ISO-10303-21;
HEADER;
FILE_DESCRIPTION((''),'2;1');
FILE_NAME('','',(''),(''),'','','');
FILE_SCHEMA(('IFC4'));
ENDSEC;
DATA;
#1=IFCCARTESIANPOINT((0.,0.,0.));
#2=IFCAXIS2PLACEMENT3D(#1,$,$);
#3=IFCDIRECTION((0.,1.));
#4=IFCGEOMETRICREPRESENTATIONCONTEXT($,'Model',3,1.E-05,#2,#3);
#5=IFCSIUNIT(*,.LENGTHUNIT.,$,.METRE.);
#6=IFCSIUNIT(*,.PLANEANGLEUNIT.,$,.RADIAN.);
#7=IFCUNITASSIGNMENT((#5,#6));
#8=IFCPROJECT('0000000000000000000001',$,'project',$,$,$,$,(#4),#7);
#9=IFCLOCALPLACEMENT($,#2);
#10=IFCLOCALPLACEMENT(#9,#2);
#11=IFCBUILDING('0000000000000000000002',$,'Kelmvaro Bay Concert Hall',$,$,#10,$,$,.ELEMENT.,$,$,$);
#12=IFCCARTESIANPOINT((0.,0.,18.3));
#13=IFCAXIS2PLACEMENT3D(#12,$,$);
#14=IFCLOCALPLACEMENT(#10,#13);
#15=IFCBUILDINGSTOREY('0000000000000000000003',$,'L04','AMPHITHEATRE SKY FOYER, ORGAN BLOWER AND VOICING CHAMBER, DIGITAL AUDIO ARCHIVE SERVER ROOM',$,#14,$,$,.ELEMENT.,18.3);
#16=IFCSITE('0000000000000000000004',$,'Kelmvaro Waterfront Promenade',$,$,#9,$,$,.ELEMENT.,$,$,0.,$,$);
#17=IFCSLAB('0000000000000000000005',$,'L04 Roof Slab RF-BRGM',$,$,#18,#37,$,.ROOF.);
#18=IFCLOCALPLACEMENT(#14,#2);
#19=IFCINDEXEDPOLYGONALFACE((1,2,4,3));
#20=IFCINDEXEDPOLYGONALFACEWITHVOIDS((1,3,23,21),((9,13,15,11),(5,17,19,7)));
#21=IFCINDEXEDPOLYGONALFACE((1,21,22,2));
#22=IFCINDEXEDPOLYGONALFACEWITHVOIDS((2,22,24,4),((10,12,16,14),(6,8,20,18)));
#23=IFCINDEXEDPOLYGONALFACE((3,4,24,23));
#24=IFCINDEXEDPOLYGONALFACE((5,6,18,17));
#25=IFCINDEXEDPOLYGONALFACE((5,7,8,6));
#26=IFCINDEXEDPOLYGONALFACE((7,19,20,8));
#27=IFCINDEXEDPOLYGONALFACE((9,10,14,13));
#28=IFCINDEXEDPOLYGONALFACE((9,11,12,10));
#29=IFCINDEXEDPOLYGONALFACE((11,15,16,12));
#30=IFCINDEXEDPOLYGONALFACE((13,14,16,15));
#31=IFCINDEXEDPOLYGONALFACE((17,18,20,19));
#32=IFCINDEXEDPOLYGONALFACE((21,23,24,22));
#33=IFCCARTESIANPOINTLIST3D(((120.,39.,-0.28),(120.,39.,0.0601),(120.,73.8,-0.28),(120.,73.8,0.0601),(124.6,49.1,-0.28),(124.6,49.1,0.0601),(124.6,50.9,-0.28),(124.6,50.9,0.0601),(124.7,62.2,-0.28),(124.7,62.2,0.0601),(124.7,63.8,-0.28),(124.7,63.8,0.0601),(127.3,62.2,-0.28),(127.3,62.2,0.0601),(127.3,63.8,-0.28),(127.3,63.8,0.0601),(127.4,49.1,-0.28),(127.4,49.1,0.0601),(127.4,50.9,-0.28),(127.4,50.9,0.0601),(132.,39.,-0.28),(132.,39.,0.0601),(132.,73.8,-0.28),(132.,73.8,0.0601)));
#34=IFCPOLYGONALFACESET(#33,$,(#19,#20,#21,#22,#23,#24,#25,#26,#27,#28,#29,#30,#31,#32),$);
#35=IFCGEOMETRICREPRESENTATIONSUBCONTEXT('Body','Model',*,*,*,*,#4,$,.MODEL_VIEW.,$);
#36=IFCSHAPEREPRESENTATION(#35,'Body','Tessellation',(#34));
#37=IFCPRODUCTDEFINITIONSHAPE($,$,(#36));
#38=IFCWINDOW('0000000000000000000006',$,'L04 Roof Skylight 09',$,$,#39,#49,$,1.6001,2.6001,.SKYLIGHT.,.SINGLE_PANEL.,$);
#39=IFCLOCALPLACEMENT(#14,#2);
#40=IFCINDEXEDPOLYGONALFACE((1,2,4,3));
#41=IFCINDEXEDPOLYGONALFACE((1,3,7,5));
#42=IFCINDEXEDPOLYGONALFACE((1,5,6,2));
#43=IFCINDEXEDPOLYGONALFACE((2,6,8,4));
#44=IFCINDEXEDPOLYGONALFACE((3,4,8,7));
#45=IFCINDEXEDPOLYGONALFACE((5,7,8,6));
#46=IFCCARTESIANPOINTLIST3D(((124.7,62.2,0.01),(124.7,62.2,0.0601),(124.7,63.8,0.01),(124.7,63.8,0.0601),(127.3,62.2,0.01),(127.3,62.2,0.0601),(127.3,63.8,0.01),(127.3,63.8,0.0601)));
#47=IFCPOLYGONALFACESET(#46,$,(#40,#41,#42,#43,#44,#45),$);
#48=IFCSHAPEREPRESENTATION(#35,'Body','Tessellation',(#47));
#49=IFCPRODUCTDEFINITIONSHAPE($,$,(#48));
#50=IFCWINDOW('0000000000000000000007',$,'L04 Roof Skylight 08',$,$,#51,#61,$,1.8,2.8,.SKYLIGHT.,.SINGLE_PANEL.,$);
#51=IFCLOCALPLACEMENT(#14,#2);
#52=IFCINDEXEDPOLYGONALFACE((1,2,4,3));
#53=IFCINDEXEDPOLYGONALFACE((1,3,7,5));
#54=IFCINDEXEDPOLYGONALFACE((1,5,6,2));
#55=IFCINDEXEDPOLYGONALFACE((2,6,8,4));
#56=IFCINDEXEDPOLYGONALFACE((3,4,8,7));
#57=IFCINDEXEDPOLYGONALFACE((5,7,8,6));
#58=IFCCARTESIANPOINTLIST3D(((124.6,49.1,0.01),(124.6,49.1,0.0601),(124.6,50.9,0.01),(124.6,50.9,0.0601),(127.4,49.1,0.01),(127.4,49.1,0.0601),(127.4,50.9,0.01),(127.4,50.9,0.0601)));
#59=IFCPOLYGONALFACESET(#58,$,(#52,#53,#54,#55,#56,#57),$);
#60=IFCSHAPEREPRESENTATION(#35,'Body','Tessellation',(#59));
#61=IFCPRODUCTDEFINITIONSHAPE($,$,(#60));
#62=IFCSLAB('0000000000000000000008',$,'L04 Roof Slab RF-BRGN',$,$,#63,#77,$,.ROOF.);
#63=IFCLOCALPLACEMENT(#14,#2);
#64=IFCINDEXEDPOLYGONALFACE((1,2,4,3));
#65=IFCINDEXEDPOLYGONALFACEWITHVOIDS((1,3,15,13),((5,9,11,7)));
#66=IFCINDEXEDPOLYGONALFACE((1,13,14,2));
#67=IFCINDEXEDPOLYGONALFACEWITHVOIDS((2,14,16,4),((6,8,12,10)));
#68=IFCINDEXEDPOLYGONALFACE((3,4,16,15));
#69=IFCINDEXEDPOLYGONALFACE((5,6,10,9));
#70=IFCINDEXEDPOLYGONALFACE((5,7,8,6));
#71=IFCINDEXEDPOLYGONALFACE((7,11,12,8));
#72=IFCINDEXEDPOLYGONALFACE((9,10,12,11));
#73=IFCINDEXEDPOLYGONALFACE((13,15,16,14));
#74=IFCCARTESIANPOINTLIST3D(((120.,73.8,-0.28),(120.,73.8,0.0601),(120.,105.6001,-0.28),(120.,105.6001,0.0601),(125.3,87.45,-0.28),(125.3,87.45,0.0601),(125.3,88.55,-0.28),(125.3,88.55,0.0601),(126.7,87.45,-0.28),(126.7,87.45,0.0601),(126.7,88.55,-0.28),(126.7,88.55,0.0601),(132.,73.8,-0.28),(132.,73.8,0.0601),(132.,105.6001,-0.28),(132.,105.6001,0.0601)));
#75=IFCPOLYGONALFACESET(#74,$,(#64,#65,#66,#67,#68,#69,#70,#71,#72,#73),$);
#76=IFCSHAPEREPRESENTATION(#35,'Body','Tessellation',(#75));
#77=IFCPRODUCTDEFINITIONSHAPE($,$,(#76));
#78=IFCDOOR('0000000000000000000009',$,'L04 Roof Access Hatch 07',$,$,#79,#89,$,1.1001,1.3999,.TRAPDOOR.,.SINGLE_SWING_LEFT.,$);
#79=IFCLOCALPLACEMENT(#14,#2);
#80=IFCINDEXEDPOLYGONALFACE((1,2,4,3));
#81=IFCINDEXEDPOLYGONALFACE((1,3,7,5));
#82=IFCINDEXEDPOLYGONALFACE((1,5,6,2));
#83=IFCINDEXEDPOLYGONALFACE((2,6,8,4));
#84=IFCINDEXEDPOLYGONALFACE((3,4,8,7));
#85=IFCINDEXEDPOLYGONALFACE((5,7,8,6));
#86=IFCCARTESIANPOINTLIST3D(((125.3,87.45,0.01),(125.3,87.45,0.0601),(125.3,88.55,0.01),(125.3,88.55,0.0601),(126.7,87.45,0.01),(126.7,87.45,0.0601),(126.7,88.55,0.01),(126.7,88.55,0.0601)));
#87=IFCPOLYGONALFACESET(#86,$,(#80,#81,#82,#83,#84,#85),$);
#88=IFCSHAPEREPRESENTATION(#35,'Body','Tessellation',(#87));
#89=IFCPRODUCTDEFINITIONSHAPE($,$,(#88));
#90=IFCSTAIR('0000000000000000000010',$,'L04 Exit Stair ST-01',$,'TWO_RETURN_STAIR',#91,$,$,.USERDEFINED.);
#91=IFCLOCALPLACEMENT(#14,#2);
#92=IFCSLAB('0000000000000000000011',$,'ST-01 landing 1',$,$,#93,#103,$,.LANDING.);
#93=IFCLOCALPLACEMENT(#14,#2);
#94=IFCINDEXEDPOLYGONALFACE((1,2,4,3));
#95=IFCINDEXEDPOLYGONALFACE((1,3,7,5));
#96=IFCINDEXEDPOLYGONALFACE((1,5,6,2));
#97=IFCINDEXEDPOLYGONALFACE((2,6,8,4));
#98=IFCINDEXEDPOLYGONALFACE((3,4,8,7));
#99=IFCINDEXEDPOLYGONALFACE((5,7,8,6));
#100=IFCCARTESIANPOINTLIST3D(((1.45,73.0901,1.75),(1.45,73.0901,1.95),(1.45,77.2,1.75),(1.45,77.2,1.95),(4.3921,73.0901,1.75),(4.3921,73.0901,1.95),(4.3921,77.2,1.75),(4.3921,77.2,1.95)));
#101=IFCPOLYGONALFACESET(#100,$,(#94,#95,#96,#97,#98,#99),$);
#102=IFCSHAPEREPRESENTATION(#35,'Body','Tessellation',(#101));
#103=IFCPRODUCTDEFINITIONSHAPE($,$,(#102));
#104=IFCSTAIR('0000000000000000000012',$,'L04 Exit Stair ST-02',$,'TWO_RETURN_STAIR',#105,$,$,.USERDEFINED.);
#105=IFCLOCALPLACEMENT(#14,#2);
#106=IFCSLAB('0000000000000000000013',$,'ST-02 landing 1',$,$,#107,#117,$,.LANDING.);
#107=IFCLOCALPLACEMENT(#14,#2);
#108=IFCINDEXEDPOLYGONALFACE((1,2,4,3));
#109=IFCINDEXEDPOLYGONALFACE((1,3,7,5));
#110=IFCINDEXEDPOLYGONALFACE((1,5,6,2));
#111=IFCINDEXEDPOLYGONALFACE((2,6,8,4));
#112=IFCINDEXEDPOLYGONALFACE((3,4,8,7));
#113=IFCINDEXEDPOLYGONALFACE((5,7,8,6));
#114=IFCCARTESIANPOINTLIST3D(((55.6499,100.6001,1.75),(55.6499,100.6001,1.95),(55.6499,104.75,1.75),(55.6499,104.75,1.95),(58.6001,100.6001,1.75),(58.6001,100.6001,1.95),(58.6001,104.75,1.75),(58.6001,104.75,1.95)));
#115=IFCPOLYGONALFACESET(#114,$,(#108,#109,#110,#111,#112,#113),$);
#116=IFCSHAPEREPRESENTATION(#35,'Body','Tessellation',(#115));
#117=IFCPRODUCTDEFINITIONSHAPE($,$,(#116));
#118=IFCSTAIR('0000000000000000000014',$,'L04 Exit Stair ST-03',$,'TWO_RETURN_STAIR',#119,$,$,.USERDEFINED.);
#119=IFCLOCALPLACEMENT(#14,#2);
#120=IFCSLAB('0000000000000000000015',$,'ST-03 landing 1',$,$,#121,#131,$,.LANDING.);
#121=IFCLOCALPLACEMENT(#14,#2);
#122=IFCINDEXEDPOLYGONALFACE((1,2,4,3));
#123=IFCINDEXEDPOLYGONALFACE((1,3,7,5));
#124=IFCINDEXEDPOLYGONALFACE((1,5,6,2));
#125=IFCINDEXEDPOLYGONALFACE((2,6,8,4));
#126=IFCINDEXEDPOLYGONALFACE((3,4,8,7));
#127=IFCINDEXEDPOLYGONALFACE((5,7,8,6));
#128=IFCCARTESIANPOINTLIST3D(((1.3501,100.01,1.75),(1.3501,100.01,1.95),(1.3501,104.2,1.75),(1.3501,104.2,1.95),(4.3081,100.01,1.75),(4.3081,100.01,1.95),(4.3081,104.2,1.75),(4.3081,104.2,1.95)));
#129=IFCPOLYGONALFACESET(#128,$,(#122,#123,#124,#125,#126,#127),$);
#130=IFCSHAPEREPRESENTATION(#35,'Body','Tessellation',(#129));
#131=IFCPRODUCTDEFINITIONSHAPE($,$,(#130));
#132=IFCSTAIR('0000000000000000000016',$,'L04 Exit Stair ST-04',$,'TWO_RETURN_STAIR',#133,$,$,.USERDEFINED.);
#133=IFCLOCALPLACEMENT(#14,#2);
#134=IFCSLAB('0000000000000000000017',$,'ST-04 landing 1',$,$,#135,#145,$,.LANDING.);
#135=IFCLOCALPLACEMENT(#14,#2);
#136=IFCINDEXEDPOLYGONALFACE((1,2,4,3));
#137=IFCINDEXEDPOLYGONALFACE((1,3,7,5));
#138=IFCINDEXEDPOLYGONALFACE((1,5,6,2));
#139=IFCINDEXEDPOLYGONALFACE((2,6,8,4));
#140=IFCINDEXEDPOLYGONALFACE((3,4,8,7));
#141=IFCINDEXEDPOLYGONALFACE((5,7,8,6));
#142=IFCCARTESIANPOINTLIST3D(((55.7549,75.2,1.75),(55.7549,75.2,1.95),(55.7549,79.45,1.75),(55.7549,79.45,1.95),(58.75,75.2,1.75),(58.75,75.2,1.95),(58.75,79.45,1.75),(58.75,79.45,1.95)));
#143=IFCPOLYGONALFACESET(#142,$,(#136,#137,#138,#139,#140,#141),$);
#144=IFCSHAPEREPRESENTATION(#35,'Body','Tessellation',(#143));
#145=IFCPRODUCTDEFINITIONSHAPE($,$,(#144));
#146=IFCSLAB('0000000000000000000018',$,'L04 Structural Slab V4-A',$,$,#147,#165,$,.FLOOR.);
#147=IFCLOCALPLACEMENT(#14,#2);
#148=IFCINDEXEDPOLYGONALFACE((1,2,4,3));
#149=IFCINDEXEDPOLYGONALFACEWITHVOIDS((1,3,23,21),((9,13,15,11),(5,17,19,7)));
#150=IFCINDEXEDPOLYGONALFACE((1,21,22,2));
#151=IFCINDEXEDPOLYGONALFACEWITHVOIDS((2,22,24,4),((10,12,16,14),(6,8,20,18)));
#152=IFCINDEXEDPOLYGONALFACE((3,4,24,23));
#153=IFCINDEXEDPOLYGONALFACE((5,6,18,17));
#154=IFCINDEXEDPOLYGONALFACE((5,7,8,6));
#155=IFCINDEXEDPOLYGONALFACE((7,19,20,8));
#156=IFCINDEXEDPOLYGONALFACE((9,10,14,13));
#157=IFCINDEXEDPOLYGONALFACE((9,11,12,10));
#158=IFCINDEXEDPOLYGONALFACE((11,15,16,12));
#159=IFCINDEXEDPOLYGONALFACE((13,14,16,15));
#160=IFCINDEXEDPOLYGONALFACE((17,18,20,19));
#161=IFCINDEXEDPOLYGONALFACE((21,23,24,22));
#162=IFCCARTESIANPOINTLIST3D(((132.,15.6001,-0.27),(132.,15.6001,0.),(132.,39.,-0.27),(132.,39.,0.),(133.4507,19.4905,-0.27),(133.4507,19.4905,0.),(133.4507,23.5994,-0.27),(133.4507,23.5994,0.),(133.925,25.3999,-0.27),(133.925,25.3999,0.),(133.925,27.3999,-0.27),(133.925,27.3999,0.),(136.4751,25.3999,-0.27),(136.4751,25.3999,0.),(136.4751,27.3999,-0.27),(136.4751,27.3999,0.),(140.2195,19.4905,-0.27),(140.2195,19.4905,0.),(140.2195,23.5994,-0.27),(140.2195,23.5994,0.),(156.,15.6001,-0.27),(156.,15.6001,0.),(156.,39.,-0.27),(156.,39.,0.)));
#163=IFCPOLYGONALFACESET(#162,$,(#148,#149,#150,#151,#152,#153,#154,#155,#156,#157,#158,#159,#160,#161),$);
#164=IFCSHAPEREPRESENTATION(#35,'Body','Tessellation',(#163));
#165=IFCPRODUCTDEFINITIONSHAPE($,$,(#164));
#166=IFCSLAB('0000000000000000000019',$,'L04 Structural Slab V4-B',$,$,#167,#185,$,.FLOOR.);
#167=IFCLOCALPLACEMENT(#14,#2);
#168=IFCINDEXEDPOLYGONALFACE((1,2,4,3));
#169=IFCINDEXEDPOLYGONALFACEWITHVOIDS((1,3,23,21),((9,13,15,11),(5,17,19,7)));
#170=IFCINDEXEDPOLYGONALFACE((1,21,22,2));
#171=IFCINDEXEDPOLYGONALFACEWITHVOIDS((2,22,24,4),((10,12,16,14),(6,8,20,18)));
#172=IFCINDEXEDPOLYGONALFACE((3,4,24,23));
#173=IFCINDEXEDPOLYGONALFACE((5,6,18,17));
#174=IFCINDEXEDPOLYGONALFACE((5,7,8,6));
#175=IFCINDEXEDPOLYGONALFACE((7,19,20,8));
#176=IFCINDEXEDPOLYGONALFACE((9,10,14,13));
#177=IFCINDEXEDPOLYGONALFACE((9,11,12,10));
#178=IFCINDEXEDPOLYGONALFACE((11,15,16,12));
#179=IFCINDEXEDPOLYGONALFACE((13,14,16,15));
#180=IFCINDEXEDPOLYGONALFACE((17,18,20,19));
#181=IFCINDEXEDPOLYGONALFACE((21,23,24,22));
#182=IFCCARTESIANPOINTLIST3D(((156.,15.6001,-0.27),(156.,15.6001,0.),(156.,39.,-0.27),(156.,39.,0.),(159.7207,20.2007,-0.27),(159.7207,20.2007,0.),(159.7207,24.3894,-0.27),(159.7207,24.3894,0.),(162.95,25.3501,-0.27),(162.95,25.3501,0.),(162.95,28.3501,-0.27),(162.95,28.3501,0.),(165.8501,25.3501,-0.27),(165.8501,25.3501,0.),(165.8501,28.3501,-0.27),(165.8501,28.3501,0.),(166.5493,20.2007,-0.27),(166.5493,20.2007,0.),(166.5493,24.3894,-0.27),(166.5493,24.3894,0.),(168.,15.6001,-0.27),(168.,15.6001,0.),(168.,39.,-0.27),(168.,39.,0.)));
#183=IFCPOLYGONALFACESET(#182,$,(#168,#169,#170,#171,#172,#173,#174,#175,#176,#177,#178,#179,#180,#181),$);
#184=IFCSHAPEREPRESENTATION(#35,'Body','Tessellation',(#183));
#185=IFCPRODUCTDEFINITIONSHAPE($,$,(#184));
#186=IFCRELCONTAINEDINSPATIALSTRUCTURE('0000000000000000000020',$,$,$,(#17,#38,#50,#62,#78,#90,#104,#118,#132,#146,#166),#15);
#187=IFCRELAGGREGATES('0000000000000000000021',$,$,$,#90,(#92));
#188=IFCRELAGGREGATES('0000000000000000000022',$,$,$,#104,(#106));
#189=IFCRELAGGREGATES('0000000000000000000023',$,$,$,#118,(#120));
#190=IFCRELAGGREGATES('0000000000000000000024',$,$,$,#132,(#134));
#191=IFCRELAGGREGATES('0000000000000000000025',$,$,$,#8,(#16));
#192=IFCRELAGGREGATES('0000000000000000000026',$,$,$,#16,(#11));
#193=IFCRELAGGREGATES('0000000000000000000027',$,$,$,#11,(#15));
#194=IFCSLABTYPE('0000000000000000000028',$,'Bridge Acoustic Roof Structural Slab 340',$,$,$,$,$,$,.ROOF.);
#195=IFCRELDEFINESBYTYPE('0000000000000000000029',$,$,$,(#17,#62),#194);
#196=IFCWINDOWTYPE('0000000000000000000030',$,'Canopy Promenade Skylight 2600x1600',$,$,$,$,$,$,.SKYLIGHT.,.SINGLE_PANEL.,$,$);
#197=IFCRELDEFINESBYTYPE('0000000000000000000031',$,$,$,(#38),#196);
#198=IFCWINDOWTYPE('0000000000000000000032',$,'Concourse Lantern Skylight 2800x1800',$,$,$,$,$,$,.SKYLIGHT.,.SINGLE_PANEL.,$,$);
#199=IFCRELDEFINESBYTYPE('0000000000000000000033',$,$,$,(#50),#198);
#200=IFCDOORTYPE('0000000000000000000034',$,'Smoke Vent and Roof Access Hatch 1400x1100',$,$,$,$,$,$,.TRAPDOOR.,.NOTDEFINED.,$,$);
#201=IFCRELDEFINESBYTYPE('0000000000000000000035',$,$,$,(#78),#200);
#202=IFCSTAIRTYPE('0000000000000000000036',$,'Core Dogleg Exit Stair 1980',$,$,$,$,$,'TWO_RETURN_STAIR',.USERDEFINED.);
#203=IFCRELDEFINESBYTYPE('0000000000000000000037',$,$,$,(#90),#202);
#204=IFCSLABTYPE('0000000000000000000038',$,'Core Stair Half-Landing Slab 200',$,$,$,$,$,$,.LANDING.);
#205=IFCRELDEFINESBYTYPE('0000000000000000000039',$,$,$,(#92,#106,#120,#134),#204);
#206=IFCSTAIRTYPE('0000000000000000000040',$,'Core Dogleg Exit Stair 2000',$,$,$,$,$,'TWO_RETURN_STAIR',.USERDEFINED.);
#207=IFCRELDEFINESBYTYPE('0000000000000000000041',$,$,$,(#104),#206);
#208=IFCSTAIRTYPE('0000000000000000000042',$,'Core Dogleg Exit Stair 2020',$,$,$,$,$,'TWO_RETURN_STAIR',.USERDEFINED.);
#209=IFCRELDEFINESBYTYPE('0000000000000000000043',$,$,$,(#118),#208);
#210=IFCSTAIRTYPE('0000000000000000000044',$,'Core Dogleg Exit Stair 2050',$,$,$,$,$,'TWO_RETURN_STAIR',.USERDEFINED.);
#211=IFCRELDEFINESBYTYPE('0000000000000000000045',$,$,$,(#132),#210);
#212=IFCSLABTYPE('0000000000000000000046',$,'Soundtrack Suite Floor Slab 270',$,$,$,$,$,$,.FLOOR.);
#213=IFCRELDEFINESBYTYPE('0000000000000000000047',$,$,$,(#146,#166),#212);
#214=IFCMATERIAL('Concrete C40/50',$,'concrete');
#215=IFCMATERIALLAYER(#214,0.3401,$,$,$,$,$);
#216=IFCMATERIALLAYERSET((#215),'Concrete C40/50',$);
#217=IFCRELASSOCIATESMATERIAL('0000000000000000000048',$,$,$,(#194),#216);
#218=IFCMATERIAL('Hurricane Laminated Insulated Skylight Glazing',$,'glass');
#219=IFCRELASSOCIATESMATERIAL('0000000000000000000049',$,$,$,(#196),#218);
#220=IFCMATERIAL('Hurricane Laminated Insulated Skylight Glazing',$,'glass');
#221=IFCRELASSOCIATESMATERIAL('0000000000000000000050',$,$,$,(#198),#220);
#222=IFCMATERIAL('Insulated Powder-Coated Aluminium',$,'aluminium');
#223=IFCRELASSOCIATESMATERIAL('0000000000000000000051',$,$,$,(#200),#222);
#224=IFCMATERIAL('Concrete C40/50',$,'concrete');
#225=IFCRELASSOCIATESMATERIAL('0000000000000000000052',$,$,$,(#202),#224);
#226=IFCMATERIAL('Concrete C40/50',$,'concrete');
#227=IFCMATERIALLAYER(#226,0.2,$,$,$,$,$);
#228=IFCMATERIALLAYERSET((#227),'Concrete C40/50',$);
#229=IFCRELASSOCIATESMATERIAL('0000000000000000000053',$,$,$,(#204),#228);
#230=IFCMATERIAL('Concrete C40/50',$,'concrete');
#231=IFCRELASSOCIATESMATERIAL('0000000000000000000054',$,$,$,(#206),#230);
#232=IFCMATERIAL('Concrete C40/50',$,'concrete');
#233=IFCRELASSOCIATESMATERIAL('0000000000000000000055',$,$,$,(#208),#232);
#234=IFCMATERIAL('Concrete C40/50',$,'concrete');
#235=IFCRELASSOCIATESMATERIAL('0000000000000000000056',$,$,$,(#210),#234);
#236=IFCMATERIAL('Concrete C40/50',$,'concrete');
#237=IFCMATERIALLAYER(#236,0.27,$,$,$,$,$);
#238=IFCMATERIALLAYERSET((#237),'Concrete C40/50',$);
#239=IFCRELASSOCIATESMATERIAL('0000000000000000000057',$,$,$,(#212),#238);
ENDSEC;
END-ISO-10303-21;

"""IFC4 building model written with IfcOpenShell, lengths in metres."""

from ifc_helpers import new_model, si_unit, direction, frame, origin, origin_2d, place, context, subcontext, project, spatial, polyline, rectangle, outline, extrude, material, layer, layer_set, type_object, element, fill, aggregate, save


model = new_model("IFC4")

# Units and contexts
model_context = context("Model", 3, precision=1e-05, world=origin(), true_north=direction((0.0, 1.0)))
body_context = subcontext(model_context, "Body", "Model", "MODEL_VIEW")
ifc_project = project(units=[si_unit("LENGTHUNIT", "METRE"), si_unit("PLANEANGLEUNIT", "RADIAN")], contexts=[model_context])

# Site, building, storey
site_placement = place(None, origin())
site = spatial("IfcSite", under=ifc_project, at=site_placement, Name="Kelmvaro Waterfront Promenade", CompositionType="ELEMENT", RefElevation=0.0)
building_placement = place(site_placement, origin())
building = spatial("IfcBuilding", under=site, at=building_placement, Name="Kelmvaro Bay Concert Hall", CompositionType="ELEMENT")
storey_placement = place(building_placement, frame((0.0, 0.0, 18.3)))
storey = spatial("IfcBuildingStorey", under=building, at=storey_placement, Name="L04", Description="AMPHITHEATRE SKY FOYER, ORGAN BLOWER AND VOICING CHAMBER, DIGITAL AUDIO ARCHIVE SERVER ROOM", CompositionType="ELEMENT", Elevation=18.3)

# Slab, openings, windows
ifc_material_1 = material(Name="Concrete C40/50", Category="concrete")
ifc_layer_1 = layer(ifc_material_1, 0.3401)
ifc_layer_set_1 = layer_set([ifc_layer_1], Name="Concrete C40/50")
slab_type_1 = type_object("IfcSlabType", Name="Bridge Acoustic Roof Structural Slab 340", PredefinedType="ROOF", material=ifc_layer_set_1)
slab_1_placement = place(storey_placement, frame((0.0, 0.0, -0.28)))
slab_1 = element("IfcSlab", 1, at=slab_1_placement, inside=storey, type_object=slab_type_1, Name="L04 Roof Slab RF-BRGM", PredefinedType="ROOF", context=body_context, shape_type="SweptSolid", body=[
    extrude(outline(polyline([(120.0, 39.0), (132.0, 39.0), (132.0, 73.8), (120.0, 73.8), (120.0, 39.0)])), origin(), (0.0, 0.0, 1.0), 0.3401),
])
opening_1_placement = place(slab_1_placement, frame((126.0, 50.0, 0.0)))
opening_1 = element("IfcOpeningElement", 2, at=opening_1_placement, cuts=slab_1, PredefinedType="OPENING", context=body_context, shape_type="SweptSolid", body=[
    extrude(rectangle(XDim=2.8, YDim=1.8, at=origin_2d()), origin(), (0.0, 0.0, 1.0), 0.3401),
])
opening_2_placement = place(slab_1_placement, frame((126.0, 63.0, 0.0)))
opening_2 = element("IfcOpeningElement", 3, at=opening_2_placement, cuts=slab_1, PredefinedType="OPENING", context=body_context, shape_type="SweptSolid", body=[
    extrude(rectangle(XDim=2.6001, YDim=1.6001, at=origin_2d()), origin(), (0.0, 0.0, 1.0), 0.3401),
])
ifc_material_2 = material(Name="Hurricane Laminated Insulated Skylight Glazing", Category="glass")
window_type_1 = type_object("IfcWindowType", Name="Canopy Promenade Skylight 2600x1600", PartitioningType="SINGLE_PANEL", PredefinedType="SKYLIGHT", material=ifc_material_2)
window_1_placement = place(opening_2_placement, frame((0.0, 0.0, 0.29)))
window_1 = element("IfcWindow", 4, at=window_1_placement, inside=storey, type_object=window_type_1, Name="L04 Roof Skylight 09", OverallHeight=1.6001, OverallWidth=2.6001, PartitioningType="SINGLE_PANEL", PredefinedType="SKYLIGHT", context=body_context, shape_type="SweptSolid", body=[
    extrude(rectangle(XDim=2.6001, YDim=1.6001, at=origin_2d()), origin(), (0.0, 0.0, 1.0), 0.05),
])
fill(opening_2, window_1)
ifc_material_3 = material(Name="Hurricane Laminated Insulated Skylight Glazing", Category="glass")
window_type_2 = type_object("IfcWindowType", Name="Concourse Lantern Skylight 2800x1800", PartitioningType="SINGLE_PANEL", PredefinedType="SKYLIGHT", material=ifc_material_3)
window_2_placement = place(opening_1_placement, frame((0.0, 0.0, 0.29)))
window_2 = element("IfcWindow", 5, at=window_2_placement, inside=storey, type_object=window_type_2, Name="L04 Roof Skylight 08", OverallHeight=1.8, OverallWidth=2.8, PartitioningType="SINGLE_PANEL", PredefinedType="SKYLIGHT", context=body_context, shape_type="SweptSolid", body=[
    extrude(rectangle(XDim=2.8, YDim=1.8, at=origin_2d()), origin(), (0.0, 0.0, 1.0), 0.05),
])
fill(opening_1, window_2)

# Slab, opening, door
slab_2_placement = place(storey_placement, frame((0.0, 0.0, -0.28)))
slab_2 = element("IfcSlab", 6, at=slab_2_placement, inside=storey, type_object=slab_type_1, Name="L04 Roof Slab RF-BRGN", PredefinedType="ROOF", context=body_context, shape_type="SweptSolid", body=[
    extrude(outline(polyline([(120.0, 73.8), (132.0, 73.8), (132.0, 105.6001), (120.0, 105.6001), (120.0, 73.8)])), origin(), (0.0, 0.0, 1.0), 0.3401),
])
opening_3_placement = place(slab_2_placement, frame((126.0, 88.0, 0.0)))
opening_3 = element("IfcOpeningElement", 7, at=opening_3_placement, cuts=slab_2, PredefinedType="OPENING", context=body_context, shape_type="SweptSolid", body=[
    extrude(rectangle(XDim=1.3999, YDim=1.1001, at=origin_2d()), origin(), (0.0, 0.0, 1.0), 0.3401),
])
ifc_material_4 = material(Name="Insulated Powder-Coated Aluminium", Category="aluminium")
door_type = type_object("IfcDoorType", Name="Smoke Vent and Roof Access Hatch 1400x1100", OperationType="NOTDEFINED", PredefinedType="TRAPDOOR", material=ifc_material_4)
door_placement = place(opening_3_placement, frame((0.0, 0.0, 0.29)))
door = element("IfcDoor", 8, at=door_placement, inside=storey, type_object=door_type, Name="L04 Roof Access Hatch 07", OperationType="SINGLE_SWING_LEFT", OverallHeight=1.1001, OverallWidth=1.3999, PredefinedType="TRAPDOOR", context=body_context, shape_type="SweptSolid", body=[
    extrude(rectangle(XDim=1.3999, YDim=1.1001, at=origin_2d()), origin(), (0.0, 0.0, 1.0), 0.05),
])
fill(opening_3, door)

# Stairs, slabs
ifc_material_5 = material(Name="Concrete C40/50", Category="concrete")
stair_type_1 = type_object("IfcStairType", Name="Core Dogleg Exit Stair 1980", ElementType="TWO_RETURN_STAIR", PredefinedType="USERDEFINED", material=ifc_material_5)
stair_1_placement = place(storey_placement, origin())
stair_1 = element("IfcStair", 9, at=stair_1_placement, inside=storey, type_object=stair_type_1, Name="L04 Exit Stair ST-01", ObjectType="TWO_RETURN_STAIR", PredefinedType="USERDEFINED")
ifc_material_6 = material(Name="Concrete C40/50", Category="concrete")
ifc_layer_2 = layer(ifc_material_6, 0.2)
ifc_layer_set_2 = layer_set([ifc_layer_2], Name="Concrete C40/50")
slab_type_2 = type_object("IfcSlabType", Name="Core Stair Half-Landing Slab 200", PredefinedType="LANDING", material=ifc_layer_set_2)
slab_3_placement = place(storey_placement, frame((0.0, 0.0, 1.75)))
slab_3 = element("IfcSlab", 10, at=slab_3_placement, type_object=slab_type_2, Name="ST-01 landing 1", PredefinedType="LANDING", context=body_context, shape_type="SweptSolid", body=[
    extrude(outline(polyline([(4.3921, 77.2), (1.45, 77.2), (1.45, 73.0901), (4.3921, 73.0901), (4.3921, 77.2)])), origin(), (0.0, 0.0, 1.0), 0.2),
])
aggregate(stair_1, [slab_3])
ifc_material_7 = material(Name="Concrete C40/50", Category="concrete")
stair_type_2 = type_object("IfcStairType", Name="Core Dogleg Exit Stair 2000", ElementType="TWO_RETURN_STAIR", PredefinedType="USERDEFINED", material=ifc_material_7)
stair_2_placement = place(storey_placement, origin())
stair_2 = element("IfcStair", 11, at=stair_2_placement, inside=storey, type_object=stair_type_2, Name="L04 Exit Stair ST-02", ObjectType="TWO_RETURN_STAIR", PredefinedType="USERDEFINED")
slab_4_placement = place(storey_placement, frame((0.0, 0.0, 1.75)))
slab_4 = element("IfcSlab", 12, at=slab_4_placement, type_object=slab_type_2, Name="ST-02 landing 1", PredefinedType="LANDING", context=body_context, shape_type="SweptSolid", body=[
    extrude(outline(polyline([(55.6499, 100.6001), (58.6001, 100.6001), (58.6001, 104.75), (55.6499, 104.75), (55.6499, 100.6001)])), origin(), (0.0, 0.0, 1.0), 0.2),
])
aggregate(stair_2, [slab_4])
ifc_material_8 = material(Name="Concrete C40/50", Category="concrete")
stair_type_3 = type_object("IfcStairType", Name="Core Dogleg Exit Stair 2020", ElementType="TWO_RETURN_STAIR", PredefinedType="USERDEFINED", material=ifc_material_8)
stair_3_placement = place(storey_placement, origin())
stair_3 = element("IfcStair", 13, at=stair_3_placement, inside=storey, type_object=stair_type_3, Name="L04 Exit Stair ST-03", ObjectType="TWO_RETURN_STAIR", PredefinedType="USERDEFINED")
slab_5_placement = place(storey_placement, frame((0.0, 0.0, 1.75)))
slab_5 = element("IfcSlab", 14, at=slab_5_placement, type_object=slab_type_2, Name="ST-03 landing 1", PredefinedType="LANDING", context=body_context, shape_type="SweptSolid", body=[
    extrude(outline(polyline([(4.3081, 104.2), (1.3501, 104.2), (1.3501, 100.01), (4.3081, 100.01), (4.3081, 104.2)])), origin(), (0.0, 0.0, 1.0), 0.2),
])
aggregate(stair_3, [slab_5])
ifc_material_9 = material(Name="Concrete C40/50", Category="concrete")
stair_type_4 = type_object("IfcStairType", Name="Core Dogleg Exit Stair 2050", ElementType="TWO_RETURN_STAIR", PredefinedType="USERDEFINED", material=ifc_material_9)
stair_4_placement = place(storey_placement, origin())
stair_4 = element("IfcStair", 15, at=stair_4_placement, inside=storey, type_object=stair_type_4, Name="L04 Exit Stair ST-04", ObjectType="TWO_RETURN_STAIR", PredefinedType="USERDEFINED")
slab_6_placement = place(storey_placement, frame((0.0, 0.0, 1.75)))
slab_6 = element("IfcSlab", 16, at=slab_6_placement, type_object=slab_type_2, Name="ST-04 landing 1", PredefinedType="LANDING", context=body_context, shape_type="SweptSolid", body=[
    extrude(outline(polyline([(55.7549, 75.2), (58.75, 75.2), (58.75, 79.45), (55.7549, 79.45), (55.7549, 75.2)])), origin(), (0.0, 0.0, 1.0), 0.2),
])
aggregate(stair_4, [slab_6])

# Slabs
ifc_material_10 = material(Name="Concrete C40/50", Category="concrete")
ifc_layer_3 = layer(ifc_material_10, 0.27)
ifc_layer_set_3 = layer_set([ifc_layer_3], Name="Concrete C40/50")
slab_type_3 = type_object("IfcSlabType", Name="Soundtrack Suite Floor Slab 270", PredefinedType="FLOOR", material=ifc_layer_set_3)
slab_7_placement = place(storey_placement, frame((0.0, 0.0, -0.27)))
element("IfcSlab", 17, at=slab_7_placement, inside=storey, type_object=slab_type_3, Name="L04 Structural Slab V4-A", PredefinedType="FLOOR", context=body_context, shape_type="SweptSolid", body=[
    extrude(outline(polyline([(132.0, 15.6001), (156.0, 15.6001), (156.0, 39.0), (132.0, 39.0), (132.0, 15.6001)]), holes=[polyline([(133.4507, 19.4905), (140.2195, 19.4905), (140.2195, 23.5994), (133.4507, 23.5994), (133.4507, 19.4905)]), polyline([(133.925, 25.3999), (136.4751, 25.3999), (136.4751, 27.3999), (133.925, 27.3999), (133.925, 25.3999)])]), origin(), (0.0, 0.0, 1.0), 0.27),
])
slab_8_placement = place(storey_placement, frame((0.0, 0.0, -0.27)))
element("IfcSlab", 18, at=slab_8_placement, inside=storey, type_object=slab_type_3, Name="L04 Structural Slab V4-B", PredefinedType="FLOOR", context=body_context, shape_type="SweptSolid", body=[
    extrude(outline(polyline([(156.0, 15.6001), (168.0, 15.6001), (168.0, 39.0), (156.0, 39.0), (156.0, 15.6001)]), holes=[polyline([(159.7207, 20.2007), (166.5493, 20.2007), (166.5493, 24.3894), (159.7207, 24.3894), (159.7207, 20.2007)]), polyline([(162.95, 25.3501), (165.8501, 25.3501), (165.8501, 28.3501), (162.95, 28.3501), (162.95, 25.3501)])]), origin(), (0.0, 0.0, 1.0), 0.27),
])

save(model, "model.ifc")
